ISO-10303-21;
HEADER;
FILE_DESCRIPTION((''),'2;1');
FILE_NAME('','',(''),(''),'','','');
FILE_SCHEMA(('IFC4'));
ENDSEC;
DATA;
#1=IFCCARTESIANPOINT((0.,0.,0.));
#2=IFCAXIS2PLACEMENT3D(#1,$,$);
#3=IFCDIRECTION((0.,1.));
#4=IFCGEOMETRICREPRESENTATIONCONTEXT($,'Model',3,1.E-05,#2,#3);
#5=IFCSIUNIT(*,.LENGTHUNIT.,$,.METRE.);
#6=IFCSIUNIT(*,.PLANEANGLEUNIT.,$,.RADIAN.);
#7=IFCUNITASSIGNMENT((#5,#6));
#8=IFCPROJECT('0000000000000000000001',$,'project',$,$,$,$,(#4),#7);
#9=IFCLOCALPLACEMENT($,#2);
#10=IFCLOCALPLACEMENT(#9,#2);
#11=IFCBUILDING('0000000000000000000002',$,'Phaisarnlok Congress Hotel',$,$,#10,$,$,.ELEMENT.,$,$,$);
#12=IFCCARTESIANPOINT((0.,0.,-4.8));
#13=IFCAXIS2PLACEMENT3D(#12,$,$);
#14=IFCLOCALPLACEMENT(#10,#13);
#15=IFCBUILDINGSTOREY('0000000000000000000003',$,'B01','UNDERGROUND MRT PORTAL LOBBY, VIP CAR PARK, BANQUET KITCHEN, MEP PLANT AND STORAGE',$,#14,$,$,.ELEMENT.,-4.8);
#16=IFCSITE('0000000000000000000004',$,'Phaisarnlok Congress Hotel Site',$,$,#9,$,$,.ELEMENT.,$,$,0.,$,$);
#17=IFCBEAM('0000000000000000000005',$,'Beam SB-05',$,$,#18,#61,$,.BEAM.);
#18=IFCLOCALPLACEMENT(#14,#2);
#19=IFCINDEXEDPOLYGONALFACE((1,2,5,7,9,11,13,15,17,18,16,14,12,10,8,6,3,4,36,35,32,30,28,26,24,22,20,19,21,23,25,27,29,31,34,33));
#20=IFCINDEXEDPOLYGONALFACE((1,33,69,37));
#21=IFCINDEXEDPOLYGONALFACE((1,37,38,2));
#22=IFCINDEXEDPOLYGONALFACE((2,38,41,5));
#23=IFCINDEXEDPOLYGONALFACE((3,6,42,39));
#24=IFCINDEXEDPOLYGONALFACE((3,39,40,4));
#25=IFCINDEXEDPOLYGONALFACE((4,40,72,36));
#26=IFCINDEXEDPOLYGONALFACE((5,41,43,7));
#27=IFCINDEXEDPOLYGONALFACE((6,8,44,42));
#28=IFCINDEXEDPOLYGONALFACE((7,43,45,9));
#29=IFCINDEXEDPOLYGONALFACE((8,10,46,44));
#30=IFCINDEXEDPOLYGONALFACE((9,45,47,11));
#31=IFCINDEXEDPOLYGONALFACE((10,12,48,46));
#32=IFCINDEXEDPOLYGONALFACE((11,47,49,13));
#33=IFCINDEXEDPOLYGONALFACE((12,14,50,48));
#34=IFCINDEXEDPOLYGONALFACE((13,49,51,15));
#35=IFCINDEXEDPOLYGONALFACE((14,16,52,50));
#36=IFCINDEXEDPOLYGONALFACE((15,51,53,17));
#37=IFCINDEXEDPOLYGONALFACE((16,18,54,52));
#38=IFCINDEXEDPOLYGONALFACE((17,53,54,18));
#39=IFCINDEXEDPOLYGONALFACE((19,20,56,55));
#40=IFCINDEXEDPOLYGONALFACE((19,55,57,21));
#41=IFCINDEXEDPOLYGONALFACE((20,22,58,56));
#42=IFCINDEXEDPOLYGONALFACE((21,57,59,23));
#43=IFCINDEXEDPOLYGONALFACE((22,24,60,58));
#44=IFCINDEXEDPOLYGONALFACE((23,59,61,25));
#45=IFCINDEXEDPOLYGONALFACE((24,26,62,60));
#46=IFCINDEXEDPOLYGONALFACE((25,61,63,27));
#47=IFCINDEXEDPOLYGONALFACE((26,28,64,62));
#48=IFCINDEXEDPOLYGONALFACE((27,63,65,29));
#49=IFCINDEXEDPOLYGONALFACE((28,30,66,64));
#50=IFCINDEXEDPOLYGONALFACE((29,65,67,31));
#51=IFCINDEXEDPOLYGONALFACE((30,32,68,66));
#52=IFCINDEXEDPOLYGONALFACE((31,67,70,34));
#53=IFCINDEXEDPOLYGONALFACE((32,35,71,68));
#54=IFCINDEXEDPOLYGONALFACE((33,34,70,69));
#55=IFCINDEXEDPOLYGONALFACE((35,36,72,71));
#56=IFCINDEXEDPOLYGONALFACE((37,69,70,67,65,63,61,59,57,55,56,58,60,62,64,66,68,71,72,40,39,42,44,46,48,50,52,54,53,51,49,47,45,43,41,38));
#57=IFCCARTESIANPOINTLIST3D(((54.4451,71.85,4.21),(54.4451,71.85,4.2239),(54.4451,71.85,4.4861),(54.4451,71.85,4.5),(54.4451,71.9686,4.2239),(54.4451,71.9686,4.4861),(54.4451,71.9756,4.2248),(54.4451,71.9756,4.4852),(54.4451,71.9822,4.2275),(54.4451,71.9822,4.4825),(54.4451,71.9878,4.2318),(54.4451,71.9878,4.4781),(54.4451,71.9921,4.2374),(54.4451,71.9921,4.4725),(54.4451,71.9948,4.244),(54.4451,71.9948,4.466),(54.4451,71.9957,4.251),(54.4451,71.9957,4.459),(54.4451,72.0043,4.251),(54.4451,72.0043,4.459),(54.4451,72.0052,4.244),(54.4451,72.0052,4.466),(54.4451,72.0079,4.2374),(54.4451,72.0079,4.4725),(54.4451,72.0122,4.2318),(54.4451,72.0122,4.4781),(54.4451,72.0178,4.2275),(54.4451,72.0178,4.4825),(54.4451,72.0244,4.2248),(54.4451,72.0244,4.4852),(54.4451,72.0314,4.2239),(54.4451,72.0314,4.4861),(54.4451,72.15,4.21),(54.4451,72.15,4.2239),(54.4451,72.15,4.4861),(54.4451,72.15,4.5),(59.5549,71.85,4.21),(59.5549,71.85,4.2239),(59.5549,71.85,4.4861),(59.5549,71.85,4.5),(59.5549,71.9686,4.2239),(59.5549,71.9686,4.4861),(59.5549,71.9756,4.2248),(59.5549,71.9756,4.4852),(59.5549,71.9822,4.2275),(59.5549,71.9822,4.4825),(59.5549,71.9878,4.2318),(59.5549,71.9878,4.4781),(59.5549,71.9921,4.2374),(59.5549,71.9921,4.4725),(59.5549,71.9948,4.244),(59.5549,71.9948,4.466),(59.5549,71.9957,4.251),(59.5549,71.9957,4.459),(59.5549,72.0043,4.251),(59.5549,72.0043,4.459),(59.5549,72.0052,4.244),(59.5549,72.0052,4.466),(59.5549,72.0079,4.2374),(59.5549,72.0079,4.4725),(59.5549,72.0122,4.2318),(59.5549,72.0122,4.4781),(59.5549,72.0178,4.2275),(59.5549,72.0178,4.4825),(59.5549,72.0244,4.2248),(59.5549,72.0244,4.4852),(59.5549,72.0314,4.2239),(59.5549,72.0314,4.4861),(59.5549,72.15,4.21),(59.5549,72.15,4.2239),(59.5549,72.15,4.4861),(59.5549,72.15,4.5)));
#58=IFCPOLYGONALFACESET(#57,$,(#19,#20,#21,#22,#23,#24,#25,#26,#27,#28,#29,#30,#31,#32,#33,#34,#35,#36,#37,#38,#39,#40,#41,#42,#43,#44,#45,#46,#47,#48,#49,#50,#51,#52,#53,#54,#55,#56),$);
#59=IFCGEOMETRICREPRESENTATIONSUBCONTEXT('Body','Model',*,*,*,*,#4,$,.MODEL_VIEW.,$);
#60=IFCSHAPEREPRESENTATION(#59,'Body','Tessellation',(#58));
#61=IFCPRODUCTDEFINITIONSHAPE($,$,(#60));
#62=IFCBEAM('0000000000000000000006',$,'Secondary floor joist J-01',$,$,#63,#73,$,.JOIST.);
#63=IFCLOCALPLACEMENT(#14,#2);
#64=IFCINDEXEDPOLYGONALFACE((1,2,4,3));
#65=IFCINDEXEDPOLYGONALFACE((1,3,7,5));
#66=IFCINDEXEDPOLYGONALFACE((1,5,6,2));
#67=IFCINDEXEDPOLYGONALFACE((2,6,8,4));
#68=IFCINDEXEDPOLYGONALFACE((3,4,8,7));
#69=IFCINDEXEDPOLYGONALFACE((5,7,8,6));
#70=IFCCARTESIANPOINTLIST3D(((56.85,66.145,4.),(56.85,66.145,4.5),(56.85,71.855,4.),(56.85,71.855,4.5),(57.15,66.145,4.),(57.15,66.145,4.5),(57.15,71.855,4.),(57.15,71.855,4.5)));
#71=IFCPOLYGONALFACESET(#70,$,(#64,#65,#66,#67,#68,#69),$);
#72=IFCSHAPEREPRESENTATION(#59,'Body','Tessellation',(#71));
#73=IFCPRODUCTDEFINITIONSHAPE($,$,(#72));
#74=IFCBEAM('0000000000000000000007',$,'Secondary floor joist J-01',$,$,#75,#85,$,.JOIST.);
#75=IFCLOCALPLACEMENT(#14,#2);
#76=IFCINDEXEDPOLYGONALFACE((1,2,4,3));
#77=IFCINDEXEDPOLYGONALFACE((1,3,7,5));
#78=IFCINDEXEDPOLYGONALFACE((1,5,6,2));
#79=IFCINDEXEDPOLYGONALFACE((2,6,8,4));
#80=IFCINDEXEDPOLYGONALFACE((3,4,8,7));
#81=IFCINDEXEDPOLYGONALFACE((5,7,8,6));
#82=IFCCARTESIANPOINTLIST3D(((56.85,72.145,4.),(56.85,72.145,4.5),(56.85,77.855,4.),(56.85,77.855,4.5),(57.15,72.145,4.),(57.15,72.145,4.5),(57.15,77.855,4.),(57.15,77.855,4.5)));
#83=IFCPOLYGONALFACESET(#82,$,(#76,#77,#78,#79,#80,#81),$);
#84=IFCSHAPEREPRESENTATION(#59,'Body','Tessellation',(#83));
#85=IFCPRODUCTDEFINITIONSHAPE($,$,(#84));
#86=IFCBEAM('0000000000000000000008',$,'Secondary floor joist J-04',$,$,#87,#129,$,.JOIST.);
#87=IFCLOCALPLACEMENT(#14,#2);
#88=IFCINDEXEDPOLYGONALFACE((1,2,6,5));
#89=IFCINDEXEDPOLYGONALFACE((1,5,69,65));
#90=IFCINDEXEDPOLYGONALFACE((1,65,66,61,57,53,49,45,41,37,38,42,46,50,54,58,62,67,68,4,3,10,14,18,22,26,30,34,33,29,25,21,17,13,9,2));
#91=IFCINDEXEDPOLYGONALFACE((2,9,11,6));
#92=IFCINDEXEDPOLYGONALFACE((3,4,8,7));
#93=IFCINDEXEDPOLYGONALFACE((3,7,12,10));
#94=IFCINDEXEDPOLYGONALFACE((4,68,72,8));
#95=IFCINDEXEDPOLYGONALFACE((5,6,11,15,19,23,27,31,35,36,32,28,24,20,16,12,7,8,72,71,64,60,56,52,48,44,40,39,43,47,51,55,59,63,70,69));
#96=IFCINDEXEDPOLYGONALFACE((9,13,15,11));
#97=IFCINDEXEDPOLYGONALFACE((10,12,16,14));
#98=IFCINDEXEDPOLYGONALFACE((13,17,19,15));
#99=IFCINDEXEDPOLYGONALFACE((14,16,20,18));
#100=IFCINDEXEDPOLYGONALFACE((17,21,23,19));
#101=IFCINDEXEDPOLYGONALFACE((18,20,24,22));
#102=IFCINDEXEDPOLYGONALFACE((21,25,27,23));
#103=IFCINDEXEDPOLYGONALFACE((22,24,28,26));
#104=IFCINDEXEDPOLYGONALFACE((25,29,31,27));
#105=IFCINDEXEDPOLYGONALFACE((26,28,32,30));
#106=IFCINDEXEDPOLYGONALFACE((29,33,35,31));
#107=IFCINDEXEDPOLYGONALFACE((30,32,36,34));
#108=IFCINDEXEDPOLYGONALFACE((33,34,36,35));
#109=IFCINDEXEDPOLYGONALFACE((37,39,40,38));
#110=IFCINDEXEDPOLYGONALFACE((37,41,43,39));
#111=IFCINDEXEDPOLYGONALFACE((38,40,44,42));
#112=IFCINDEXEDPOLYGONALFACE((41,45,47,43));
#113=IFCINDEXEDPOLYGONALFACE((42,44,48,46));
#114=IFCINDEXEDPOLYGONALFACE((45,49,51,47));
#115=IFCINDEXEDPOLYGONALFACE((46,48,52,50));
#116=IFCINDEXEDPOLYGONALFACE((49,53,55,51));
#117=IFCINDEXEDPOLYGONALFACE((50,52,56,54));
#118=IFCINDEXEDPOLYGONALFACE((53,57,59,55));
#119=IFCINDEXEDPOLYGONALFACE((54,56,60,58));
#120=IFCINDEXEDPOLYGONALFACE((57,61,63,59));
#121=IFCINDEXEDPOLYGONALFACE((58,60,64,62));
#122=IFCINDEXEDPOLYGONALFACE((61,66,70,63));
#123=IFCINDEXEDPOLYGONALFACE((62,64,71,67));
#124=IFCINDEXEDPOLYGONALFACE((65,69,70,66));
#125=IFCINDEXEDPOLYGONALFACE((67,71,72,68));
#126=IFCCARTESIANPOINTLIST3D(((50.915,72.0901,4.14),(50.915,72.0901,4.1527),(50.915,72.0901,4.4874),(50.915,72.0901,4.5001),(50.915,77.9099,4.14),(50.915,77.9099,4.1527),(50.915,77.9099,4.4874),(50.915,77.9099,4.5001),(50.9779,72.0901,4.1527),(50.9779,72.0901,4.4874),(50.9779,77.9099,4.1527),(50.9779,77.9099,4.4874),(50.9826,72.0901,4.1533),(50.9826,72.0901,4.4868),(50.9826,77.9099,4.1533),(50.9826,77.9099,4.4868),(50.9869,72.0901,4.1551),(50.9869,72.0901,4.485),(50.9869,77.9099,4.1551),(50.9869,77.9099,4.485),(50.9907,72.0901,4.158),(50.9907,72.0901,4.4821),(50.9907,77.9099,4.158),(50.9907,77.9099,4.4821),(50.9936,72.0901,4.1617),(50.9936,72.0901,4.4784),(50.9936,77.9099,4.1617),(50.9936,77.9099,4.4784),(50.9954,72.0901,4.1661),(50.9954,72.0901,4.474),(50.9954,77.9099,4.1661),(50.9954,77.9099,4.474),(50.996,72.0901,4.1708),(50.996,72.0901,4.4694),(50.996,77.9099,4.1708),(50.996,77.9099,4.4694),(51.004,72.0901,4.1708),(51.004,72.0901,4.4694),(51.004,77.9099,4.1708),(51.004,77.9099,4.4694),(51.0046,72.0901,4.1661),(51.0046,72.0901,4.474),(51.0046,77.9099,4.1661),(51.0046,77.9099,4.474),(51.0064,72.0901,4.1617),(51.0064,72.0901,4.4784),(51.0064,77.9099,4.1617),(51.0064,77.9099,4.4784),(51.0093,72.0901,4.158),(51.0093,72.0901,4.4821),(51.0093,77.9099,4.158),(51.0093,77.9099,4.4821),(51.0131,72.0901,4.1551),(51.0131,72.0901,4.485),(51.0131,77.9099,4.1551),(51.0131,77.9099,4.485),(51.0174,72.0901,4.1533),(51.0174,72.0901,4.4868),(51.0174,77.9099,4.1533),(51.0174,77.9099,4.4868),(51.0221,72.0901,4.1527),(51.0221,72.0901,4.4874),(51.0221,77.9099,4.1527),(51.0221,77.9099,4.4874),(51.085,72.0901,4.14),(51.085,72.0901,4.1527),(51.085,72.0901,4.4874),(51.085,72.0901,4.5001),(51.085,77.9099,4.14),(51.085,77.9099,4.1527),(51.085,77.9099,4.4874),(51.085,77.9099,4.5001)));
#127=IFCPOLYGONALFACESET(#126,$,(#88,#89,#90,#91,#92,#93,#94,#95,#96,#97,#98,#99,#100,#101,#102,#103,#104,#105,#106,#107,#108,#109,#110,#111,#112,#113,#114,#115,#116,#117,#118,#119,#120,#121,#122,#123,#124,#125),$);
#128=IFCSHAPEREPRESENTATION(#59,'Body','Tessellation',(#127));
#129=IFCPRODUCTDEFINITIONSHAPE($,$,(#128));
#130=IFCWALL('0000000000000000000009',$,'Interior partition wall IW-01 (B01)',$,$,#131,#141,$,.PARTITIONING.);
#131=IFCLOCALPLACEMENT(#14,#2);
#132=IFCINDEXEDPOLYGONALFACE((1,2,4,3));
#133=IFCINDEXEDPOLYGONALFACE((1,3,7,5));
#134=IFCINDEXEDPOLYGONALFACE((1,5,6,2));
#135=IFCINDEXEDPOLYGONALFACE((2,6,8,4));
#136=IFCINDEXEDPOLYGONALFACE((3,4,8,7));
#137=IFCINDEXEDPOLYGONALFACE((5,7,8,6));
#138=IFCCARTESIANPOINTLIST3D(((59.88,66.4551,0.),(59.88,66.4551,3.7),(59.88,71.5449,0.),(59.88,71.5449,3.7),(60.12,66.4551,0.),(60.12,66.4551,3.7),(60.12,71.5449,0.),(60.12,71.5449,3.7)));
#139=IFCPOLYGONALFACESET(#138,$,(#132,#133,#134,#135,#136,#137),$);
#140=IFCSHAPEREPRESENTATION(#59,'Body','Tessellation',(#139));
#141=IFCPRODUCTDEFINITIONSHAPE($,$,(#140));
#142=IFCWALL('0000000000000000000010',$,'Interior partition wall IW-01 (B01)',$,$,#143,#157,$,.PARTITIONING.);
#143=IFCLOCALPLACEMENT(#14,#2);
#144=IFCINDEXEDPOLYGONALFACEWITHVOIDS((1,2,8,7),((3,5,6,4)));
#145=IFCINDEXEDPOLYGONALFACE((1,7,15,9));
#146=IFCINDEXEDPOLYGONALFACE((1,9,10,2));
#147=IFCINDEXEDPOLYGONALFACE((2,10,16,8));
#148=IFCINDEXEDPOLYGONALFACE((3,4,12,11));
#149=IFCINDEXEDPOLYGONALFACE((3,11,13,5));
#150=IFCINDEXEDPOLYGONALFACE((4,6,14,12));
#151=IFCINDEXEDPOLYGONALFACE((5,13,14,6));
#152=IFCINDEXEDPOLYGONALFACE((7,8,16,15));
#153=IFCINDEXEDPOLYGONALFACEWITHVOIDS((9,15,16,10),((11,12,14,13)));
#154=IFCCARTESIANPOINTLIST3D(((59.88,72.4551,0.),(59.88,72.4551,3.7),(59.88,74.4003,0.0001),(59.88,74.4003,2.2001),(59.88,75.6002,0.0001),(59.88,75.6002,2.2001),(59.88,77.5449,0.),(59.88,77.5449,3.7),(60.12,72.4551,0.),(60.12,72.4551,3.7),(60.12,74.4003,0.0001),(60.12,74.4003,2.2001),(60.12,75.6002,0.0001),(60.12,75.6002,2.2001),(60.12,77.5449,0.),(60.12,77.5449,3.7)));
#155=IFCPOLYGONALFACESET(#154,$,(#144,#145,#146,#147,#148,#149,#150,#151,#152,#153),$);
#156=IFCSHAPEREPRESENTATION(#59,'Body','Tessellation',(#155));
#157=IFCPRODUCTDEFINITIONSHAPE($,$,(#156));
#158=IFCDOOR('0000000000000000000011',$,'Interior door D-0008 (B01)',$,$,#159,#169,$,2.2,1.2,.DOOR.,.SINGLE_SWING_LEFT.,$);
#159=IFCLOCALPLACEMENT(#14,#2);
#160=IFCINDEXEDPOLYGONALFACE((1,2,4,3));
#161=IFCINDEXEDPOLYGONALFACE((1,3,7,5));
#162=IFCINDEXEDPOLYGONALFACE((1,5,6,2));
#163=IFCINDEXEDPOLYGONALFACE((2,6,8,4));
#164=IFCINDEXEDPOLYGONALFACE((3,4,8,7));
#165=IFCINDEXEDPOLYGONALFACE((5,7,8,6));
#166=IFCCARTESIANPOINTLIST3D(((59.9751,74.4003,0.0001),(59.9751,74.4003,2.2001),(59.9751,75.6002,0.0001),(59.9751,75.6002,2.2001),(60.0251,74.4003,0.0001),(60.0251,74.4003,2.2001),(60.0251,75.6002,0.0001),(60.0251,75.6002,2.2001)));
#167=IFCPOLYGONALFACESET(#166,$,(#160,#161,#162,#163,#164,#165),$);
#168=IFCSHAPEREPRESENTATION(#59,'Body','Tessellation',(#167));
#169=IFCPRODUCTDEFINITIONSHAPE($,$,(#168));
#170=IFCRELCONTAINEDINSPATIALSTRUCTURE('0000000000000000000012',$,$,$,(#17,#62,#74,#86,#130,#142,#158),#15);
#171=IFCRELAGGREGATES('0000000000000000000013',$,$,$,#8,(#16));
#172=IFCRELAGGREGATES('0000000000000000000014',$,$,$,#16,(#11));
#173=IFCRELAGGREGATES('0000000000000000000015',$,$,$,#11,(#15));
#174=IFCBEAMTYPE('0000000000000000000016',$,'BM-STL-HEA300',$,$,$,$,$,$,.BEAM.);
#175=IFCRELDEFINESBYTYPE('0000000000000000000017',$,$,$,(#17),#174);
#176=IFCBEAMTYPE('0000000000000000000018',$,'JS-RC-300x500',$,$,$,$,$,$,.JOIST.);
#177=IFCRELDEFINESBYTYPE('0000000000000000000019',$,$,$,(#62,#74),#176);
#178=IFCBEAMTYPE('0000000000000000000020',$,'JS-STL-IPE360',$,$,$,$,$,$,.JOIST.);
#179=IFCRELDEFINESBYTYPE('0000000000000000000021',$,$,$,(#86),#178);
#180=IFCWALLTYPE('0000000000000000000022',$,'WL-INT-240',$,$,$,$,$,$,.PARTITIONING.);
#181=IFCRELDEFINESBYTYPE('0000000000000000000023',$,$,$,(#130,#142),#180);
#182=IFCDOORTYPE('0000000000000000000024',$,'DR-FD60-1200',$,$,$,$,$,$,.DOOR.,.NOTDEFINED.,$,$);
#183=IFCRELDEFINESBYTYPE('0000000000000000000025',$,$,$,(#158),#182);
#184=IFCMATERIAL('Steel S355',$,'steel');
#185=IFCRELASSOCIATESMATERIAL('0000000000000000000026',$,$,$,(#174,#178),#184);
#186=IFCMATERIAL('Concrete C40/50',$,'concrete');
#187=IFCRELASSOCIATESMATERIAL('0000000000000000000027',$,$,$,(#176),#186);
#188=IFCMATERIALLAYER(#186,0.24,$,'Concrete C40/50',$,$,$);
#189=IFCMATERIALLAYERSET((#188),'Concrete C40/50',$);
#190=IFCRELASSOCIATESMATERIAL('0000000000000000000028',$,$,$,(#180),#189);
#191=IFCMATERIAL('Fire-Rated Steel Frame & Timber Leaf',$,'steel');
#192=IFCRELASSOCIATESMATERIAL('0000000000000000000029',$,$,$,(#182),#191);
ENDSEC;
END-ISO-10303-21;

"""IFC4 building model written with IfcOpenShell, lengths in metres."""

from ifc_helpers import new_model, si_unit, direction, frame, frame_2d, origin, origin_2d, place, context, subcontext, project, spatial, rectangle, i_section, extrude, material, layer, layer_set, material_profile, profile_set, type_object, element, fill, save


model = new_model("IFC4")

# Units and contexts
model_context = context("Model", 3, precision=1e-05, world=origin(), true_north=direction((0.0, 1.0)))
body_context = subcontext(model_context, "Body", "Model", "MODEL_VIEW")
ifc_project = project(units=[si_unit("LENGTHUNIT", "METRE"), si_unit("PLANEANGLEUNIT", "RADIAN")], contexts=[model_context])

# Site, building, storey
site_placement = place(None, origin())
site = spatial("IfcSite", under=ifc_project, at=site_placement, Name="Phaisarnlok Congress Hotel Site", CompositionType="ELEMENT", RefElevation=0.0)
building_placement = place(site_placement, origin())
building = spatial("IfcBuilding", under=site, at=building_placement, Name="Phaisarnlok Congress Hotel", CompositionType="ELEMENT")
storey_placement = place(building_placement, frame((0.0, 0.0, -4.8)))
storey = spatial("IfcBuildingStorey", under=building, at=storey_placement, Name="B01", Description="UNDERGROUND MRT PORTAL LOBBY, VIP CAR PARK, BANQUET KITCHEN, MEP PLANT AND STORAGE", CompositionType="ELEMENT", Elevation=-4.8)

# Shared definitions
ifc_material_1 = material(Name="Concrete C40/50", Category="concrete")

# Beams
ifc_material_2 = material(Name="Steel S355", Category="steel")
ifc_material_profile_1 = material_profile(ifc_material_2, i_section(OverallWidth=0.3, OverallDepth=0.29, WebThickness=0.0085, FlangeThickness=0.0139, FilletRadius=0.0271, at=origin_2d()), Name="HEA 300")
ifc_profile_set_1 = profile_set([ifc_material_profile_1], Name="Steel S355")
beam_type_1 = type_object("IfcBeamType", Name="BM-STL-HEA300", PredefinedType="BEAM", material=ifc_profile_set_1)
beam_1_placement = place(storey_placement, frame((54.4451, 72.0, 4.355), z_axis=(1.0, 0.0, 0.0), x_axis=(0.0, 1.0, 0.0)))
element("IfcBeam", 1, at=beam_1_placement, inside=storey, type_object=beam_type_1, Name="Beam SB-05", PredefinedType="BEAM", context=body_context, shape_type="SweptSolid", body=[
    extrude(i_section(OverallWidth=0.3, OverallDepth=0.29, WebThickness=0.0085, FlangeThickness=0.0139, FilletRadius=0.0271, at=origin_2d()), origin(), (0.0, 0.0, 1.0), 5.1099),
])
ifc_material_profile_2 = material_profile(ifc_material_1, rectangle(XDim=0.3, YDim=0.5, at=origin_2d()), Name="RC 300x500")
ifc_profile_set_2 = profile_set([ifc_material_profile_2], Name="Concrete C40/50")
beam_type_2 = type_object("IfcBeamType", Name="JS-RC-300x500", PredefinedType="JOIST", material=ifc_profile_set_2)
for number, where, z_axis, x_axis, name in (
    (2, (57.0, 66.145, 4.25), (0.0, 1.0, 0.0), (-1.0, 0.0, 0.0), "Secondary floor joist J-01"),
    (3, (57.0, 72.145, 4.25), (0.0, 1.0, 0.0), (-1.0, 0.0, 0.0), "Secondary floor joist J-01"),
):
    element("IfcBeam", number, at=place(storey_placement, frame(where, z_axis=z_axis, x_axis=x_axis)), inside=storey, type_object=beam_type_2, Name=name, PredefinedType="JOIST", context=body_context, shape_type="SweptSolid", body=[
        extrude(rectangle(XDim=0.3, YDim=0.5, at=origin_2d()), origin(), (0.0, 0.0, 1.0), 5.71),
    ])
ifc_material_profile_3 = material_profile(ifc_material_2, i_section(OverallWidth=0.1699, OverallDepth=0.3601, WebThickness=0.0081, FlangeThickness=0.0127, FilletRadius=0.0181, at=origin_2d()), Name="IPE 360")
ifc_profile_set_3 = profile_set([ifc_material_profile_3], Name="Steel S355")
beam_type_3 = type_object("IfcBeamType", Name="JS-STL-IPE360", PredefinedType="JOIST", material=ifc_profile_set_3)
beam_2_placement = place(storey_placement, frame((51.0, 72.0901, 4.3201), z_axis=(0.0, 1.0, 0.0), x_axis=(-1.0, 0.0, 0.0)))
element("IfcBeam", 4, at=beam_2_placement, inside=storey, type_object=beam_type_3, Name="Secondary floor joist J-04", PredefinedType="JOIST", context=body_context, shape_type="SweptSolid", body=[
    extrude(i_section(OverallWidth=0.1699, OverallDepth=0.3601, WebThickness=0.0081, FlangeThickness=0.0127, FilletRadius=0.0181, at=origin_2d()), origin(), (0.0, 0.0, 1.0), 5.8198),
])

# Wall
ifc_layer = layer(ifc_material_1, 0.24, Name="Concrete C40/50")
ifc_layer_set = layer_set([ifc_layer], Name="Concrete C40/50")
wall_type = type_object("IfcWallType", Name="WL-INT-240", PredefinedType="PARTITIONING", material=ifc_layer_set)
wall_1_placement = place(storey_placement, frame((60.0, 66.4551, 0.0), z_axis=(0.0, 0.0, 1.0), x_axis=(0.0, 1.0, 0.0)))
element("IfcWall", 5, at=wall_1_placement, inside=storey, type_object=wall_type, Name="Interior partition wall IW-01 (B01)", PredefinedType="PARTITIONING", context=body_context, shape_type="SweptSolid", body=[
    extrude(rectangle(XDim=5.0898, YDim=0.24, at=frame_2d((2.5449, 0.0))), origin(), (0.0, 0.0, 1.0), 3.7),
])

# Wall, opening, door
wall_2_placement = place(storey_placement, frame((60.0, 72.4551, 0.0), z_axis=(0.0, 0.0, 1.0), x_axis=(0.0, 1.0, 0.0)))
wall_2 = element("IfcWall", 6, at=wall_2_placement, inside=storey, type_object=wall_type, Name="Interior partition wall IW-01 (B01)", PredefinedType="PARTITIONING", context=body_context, shape_type="SweptSolid", body=[
    extrude(rectangle(XDim=5.0898, YDim=0.24, at=frame_2d((2.5449, 0.0))), origin(), (0.0, 0.0, 1.0), 3.7),
])
opening_placement = place(wall_2_placement, frame((1.9451, 0.0, 0.0)))
opening = element("IfcOpeningElement", 7, at=opening_placement, cuts=wall_2, PredefinedType="OPENING", context=body_context, shape_type="SweptSolid", body=[
    extrude(rectangle(XDim=1.2, YDim=2.2, at=frame_2d((0.6001, 1.1001))), frame((0.0, 0.1299, 0.0), z_axis=(0.0, -1.0, 0.0), x_axis=(1.0, 0.0, 0.0)), (0.0, 0.0, 1.0), 0.26),
])
ifc_material_3 = material(Name="Fire-Rated Steel Frame & Timber Leaf", Category="steel")
door_type = type_object("IfcDoorType", Name="DR-FD60-1200", OperationType="NOTDEFINED", PredefinedType="DOOR", material=ifc_material_3)
door_placement = place(opening_placement, origin())
door = element("IfcDoor", 8, at=door_placement, inside=storey, type_object=door_type, Name="Interior door D-0008 (B01)", OperationType="SINGLE_SWING_LEFT", OverallHeight=2.2, OverallWidth=1.2, PredefinedType="DOOR", context=body_context, shape_type="SweptSolid", body=[
    extrude(rectangle(XDim=1.2, YDim=2.2, at=frame_2d((0.6001, 1.1001))), frame((0.0, 0.0249, 0.0), z_axis=(0.0, -1.0, 0.0), x_axis=(1.0, 0.0, 0.0)), (0.0, 0.0, 1.0), 0.05),
])
fill(opening, door)

save(model, "model.ifc")
